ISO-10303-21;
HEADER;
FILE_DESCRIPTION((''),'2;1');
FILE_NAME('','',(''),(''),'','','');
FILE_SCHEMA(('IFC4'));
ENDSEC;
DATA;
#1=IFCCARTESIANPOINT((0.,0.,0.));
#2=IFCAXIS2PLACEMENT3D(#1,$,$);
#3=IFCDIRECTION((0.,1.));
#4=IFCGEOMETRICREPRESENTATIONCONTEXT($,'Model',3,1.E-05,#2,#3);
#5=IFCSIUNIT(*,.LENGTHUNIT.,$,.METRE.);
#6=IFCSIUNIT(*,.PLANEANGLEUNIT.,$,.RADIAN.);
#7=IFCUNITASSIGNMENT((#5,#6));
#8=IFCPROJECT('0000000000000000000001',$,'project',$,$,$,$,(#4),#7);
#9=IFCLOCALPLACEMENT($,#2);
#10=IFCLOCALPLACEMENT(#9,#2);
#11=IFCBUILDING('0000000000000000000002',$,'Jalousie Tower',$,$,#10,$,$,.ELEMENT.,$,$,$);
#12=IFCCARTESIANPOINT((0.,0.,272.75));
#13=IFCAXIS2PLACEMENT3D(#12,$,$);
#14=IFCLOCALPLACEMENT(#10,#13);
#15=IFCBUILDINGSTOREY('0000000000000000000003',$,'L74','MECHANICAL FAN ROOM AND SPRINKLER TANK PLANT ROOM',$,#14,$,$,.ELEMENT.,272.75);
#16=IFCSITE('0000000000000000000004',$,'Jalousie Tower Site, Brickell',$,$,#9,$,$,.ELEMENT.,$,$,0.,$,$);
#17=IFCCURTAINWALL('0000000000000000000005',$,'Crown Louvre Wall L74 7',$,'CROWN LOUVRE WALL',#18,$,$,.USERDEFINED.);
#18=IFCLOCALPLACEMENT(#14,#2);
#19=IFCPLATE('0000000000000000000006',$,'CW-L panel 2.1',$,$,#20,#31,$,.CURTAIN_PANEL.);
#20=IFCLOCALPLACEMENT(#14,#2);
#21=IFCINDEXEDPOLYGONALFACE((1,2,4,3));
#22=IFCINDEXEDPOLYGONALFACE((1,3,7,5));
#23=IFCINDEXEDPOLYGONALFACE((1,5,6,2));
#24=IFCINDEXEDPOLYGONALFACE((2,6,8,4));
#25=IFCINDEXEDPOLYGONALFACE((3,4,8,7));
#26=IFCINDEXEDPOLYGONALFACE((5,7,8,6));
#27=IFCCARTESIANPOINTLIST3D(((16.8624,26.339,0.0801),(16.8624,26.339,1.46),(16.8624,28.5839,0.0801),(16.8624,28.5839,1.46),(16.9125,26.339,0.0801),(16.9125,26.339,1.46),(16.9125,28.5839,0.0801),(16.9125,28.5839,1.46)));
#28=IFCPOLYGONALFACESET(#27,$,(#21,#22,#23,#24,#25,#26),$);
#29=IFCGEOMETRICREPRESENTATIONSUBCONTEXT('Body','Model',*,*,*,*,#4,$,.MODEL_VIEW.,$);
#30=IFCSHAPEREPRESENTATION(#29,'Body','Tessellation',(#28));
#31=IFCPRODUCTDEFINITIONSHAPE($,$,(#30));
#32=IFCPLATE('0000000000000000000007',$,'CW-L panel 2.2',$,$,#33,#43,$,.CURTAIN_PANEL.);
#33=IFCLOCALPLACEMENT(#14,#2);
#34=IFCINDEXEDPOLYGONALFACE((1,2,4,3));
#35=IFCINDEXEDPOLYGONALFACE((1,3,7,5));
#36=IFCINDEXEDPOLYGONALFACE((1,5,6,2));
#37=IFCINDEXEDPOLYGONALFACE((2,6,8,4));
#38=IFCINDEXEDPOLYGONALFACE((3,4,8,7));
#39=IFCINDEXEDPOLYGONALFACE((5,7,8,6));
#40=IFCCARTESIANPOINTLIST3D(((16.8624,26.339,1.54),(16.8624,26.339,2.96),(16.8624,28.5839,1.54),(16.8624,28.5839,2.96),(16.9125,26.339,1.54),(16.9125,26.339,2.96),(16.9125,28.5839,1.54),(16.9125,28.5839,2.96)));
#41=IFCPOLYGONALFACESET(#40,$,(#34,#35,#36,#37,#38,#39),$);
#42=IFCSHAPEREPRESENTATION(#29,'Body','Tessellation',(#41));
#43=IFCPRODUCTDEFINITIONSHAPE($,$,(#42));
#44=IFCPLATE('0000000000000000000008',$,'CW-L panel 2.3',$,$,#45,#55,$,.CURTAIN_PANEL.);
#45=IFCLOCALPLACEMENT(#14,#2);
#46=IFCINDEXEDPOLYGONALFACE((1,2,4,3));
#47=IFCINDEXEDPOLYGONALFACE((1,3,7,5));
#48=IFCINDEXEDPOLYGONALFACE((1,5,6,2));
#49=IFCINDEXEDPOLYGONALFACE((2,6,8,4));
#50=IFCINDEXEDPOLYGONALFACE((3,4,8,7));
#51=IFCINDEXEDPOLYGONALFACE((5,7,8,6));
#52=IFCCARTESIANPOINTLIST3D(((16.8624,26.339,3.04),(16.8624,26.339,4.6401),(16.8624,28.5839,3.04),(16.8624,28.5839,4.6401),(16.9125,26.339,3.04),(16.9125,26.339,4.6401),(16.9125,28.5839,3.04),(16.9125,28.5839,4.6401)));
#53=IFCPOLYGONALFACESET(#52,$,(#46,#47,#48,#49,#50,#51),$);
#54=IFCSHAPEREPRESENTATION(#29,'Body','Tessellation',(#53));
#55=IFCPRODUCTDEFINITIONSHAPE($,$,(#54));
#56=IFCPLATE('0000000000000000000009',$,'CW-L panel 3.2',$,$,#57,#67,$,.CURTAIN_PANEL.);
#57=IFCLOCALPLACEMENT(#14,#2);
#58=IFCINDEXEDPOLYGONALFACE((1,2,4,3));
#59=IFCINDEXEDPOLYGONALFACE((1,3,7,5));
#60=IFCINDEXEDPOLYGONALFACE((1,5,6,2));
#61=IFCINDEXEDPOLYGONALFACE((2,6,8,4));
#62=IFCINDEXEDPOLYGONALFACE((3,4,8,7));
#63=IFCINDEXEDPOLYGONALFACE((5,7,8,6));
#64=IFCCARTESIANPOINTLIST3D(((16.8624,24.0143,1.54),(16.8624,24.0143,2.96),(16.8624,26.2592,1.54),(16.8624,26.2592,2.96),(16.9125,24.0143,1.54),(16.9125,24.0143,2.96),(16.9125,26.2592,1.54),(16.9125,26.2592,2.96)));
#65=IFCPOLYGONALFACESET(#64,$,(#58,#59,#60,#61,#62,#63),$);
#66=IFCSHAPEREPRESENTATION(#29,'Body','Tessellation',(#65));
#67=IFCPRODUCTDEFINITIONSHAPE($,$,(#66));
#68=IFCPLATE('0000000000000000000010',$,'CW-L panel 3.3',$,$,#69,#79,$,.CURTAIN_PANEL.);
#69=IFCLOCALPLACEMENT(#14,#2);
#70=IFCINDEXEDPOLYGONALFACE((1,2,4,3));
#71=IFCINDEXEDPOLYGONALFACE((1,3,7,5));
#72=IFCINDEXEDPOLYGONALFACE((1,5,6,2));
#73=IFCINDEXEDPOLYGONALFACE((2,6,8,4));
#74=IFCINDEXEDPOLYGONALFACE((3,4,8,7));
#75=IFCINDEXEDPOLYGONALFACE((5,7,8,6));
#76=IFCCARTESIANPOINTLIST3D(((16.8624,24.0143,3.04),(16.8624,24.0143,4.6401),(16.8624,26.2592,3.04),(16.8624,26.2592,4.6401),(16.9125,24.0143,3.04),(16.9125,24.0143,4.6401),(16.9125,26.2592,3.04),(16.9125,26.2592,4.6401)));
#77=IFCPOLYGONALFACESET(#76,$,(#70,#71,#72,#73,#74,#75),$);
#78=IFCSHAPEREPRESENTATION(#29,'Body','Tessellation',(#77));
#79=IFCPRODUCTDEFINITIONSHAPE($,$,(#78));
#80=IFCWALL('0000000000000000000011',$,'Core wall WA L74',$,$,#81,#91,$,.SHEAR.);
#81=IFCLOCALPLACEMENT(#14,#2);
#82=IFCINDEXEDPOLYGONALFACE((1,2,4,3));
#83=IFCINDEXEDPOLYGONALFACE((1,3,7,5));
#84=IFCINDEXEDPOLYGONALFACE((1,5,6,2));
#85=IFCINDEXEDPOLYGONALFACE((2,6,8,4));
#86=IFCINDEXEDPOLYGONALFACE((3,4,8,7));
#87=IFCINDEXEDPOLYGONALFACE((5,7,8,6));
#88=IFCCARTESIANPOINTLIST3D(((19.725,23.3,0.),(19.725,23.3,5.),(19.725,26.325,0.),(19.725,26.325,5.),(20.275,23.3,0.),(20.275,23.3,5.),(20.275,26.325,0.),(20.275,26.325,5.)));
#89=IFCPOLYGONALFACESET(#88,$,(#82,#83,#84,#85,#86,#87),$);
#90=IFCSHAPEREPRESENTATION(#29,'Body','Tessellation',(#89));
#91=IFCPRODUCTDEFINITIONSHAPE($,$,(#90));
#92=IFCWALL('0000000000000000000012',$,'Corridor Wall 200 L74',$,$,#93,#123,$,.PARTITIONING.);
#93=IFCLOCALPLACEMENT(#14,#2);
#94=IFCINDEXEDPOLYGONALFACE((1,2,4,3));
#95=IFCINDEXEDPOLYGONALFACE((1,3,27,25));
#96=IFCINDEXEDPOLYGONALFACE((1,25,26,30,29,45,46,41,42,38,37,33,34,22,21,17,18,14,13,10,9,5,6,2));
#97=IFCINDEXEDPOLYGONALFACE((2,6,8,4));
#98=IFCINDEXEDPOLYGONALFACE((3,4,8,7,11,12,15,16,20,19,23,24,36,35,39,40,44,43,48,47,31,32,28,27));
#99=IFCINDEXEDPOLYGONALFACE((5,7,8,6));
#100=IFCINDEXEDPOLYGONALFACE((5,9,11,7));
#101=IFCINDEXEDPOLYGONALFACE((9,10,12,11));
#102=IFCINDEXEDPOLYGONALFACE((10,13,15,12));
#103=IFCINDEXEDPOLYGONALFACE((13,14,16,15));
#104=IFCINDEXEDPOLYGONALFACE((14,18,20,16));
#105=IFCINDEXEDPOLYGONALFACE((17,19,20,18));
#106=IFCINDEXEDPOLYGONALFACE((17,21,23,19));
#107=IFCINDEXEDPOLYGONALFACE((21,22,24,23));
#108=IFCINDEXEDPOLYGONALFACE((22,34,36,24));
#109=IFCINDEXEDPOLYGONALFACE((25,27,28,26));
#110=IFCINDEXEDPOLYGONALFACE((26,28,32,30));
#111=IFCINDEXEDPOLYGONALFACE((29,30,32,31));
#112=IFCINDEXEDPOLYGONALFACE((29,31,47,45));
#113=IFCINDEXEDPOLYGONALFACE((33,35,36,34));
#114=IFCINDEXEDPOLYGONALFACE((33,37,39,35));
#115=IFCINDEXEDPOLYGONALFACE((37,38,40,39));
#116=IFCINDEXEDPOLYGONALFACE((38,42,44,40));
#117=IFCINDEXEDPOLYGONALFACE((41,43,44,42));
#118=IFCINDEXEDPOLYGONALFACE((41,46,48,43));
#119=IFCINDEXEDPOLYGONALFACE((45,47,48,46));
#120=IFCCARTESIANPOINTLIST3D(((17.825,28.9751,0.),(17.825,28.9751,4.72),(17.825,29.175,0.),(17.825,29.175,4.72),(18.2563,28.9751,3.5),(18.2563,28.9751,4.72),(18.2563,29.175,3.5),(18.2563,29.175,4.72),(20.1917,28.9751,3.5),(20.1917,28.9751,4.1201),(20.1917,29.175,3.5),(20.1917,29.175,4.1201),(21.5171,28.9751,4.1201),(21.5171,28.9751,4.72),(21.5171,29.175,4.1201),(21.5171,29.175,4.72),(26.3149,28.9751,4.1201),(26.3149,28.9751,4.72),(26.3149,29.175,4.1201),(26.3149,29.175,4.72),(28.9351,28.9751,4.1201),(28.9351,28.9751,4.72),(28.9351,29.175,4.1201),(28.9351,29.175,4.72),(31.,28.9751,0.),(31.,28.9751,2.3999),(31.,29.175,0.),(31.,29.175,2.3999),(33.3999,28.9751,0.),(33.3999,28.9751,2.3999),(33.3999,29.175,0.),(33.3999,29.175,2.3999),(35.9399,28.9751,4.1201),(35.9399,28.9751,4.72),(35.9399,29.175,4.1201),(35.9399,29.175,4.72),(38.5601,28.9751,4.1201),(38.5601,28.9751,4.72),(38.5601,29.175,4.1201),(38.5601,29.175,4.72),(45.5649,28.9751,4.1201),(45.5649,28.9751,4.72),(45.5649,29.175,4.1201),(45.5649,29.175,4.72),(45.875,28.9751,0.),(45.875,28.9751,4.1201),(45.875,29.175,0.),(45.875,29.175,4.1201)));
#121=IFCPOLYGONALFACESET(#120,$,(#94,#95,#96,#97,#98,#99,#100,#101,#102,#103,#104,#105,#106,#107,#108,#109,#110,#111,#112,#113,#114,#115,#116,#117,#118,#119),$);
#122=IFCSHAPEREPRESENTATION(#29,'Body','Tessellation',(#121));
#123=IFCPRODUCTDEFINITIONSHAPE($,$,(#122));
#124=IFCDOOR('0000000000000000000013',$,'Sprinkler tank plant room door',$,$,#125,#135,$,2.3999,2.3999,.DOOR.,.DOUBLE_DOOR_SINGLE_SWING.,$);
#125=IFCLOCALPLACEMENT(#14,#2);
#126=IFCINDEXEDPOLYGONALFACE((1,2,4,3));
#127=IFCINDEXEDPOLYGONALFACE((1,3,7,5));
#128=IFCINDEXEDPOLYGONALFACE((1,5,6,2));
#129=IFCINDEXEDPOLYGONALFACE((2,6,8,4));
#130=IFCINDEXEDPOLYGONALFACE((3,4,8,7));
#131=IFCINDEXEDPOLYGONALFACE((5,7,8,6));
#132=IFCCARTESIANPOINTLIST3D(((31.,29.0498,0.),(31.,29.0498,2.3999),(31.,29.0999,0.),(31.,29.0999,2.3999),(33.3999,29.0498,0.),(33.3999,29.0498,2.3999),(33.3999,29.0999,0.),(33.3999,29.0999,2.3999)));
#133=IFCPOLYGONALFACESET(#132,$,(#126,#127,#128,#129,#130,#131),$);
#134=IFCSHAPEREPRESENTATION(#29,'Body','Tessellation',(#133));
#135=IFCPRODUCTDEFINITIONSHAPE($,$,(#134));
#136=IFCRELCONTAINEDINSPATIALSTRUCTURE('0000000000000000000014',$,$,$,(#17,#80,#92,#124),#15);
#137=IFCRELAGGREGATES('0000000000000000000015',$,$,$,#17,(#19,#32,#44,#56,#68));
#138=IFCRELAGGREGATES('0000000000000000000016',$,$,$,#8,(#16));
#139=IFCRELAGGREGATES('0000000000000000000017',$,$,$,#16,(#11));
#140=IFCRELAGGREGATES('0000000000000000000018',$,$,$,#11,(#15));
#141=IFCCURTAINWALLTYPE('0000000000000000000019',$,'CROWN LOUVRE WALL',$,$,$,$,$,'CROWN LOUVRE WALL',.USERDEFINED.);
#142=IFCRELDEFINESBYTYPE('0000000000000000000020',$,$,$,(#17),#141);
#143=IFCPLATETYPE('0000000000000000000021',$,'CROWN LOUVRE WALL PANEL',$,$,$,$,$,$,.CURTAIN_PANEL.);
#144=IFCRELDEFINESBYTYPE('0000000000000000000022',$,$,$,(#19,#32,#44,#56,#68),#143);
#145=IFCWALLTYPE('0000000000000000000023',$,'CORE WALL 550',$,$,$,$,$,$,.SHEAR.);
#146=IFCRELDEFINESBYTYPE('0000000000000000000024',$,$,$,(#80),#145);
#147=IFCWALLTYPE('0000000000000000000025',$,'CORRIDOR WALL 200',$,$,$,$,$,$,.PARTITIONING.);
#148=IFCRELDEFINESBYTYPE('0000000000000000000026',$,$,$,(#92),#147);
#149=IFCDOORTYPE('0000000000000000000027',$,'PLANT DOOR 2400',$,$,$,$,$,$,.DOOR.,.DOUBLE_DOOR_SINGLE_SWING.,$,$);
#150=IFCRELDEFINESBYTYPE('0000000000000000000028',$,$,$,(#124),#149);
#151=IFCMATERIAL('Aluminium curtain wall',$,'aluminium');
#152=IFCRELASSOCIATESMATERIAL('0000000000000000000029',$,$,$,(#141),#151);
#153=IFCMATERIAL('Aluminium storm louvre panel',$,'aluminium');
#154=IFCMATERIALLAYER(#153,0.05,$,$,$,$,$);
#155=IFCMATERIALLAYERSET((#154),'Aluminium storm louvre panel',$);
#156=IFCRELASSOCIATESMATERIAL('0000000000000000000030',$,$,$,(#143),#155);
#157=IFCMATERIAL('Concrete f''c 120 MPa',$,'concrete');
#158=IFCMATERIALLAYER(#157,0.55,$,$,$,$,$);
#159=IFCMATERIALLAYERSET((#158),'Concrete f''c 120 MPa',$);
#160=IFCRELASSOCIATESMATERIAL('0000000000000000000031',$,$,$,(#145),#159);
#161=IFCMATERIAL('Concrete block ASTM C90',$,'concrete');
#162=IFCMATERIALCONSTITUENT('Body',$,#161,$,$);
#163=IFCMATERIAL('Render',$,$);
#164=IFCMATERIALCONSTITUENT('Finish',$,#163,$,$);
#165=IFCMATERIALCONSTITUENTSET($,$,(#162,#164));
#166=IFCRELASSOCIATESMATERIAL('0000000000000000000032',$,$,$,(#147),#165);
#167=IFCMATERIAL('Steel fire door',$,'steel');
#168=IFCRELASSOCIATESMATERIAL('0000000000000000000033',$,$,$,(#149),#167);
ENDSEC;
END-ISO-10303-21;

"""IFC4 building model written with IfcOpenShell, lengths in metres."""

from ifc_helpers import new_model, si_unit, direction, frame, frame_2d, origin, origin_2d, place, context, subcontext, project, spatial, polyline, rectangle, outline, extrude, material, layer, layer_set, constituent, constituent_set, type_object, element, fill, aggregate, save


model = new_model("IFC4")

# Units and contexts
model_context = context("Model", 3, precision=1e-05, world=origin(), true_north=direction((0.0, 1.0)))
body_context = subcontext(model_context, "Body", "Model", "MODEL_VIEW")
ifc_project = project(units=[si_unit("LENGTHUNIT", "METRE"), si_unit("PLANEANGLEUNIT", "RADIAN")], contexts=[model_context])

# Site, building, storey
site_placement = place(None, origin())
site = spatial("IfcSite", under=ifc_project, at=site_placement, Name="Jalousie Tower Site, Brickell", CompositionType="ELEMENT", RefElevation=0.0)
building_placement = place(site_placement, origin())
building = spatial("IfcBuilding", under=site, at=building_placement, Name="Jalousie Tower", CompositionType="ELEMENT")
storey_placement = place(building_placement, frame((0.0, 0.0, 272.75)))
storey = spatial("IfcBuildingStorey", under=building, at=storey_placement, Name="L74", Description="MECHANICAL FAN ROOM AND SPRINKLER TANK PLANT ROOM", CompositionType="ELEMENT", Elevation=272.75)

# Curtain wall, plates
ifc_material_1 = material(Name="Aluminium curtain wall", Category="aluminium")
curtain_wall_type = type_object("IfcCurtainWallType", Name="CROWN LOUVRE WALL", ElementType="CROWN LOUVRE WALL", PredefinedType="USERDEFINED", material=ifc_material_1)
curtain_wall_placement = place(storey_placement, origin())
curtain_wall = element("IfcCurtainWall", 1, at=curtain_wall_placement, inside=storey, type_object=curtain_wall_type, Name="Crown Louvre Wall L74 7", ObjectType="CROWN LOUVRE WALL", PredefinedType="USERDEFINED")
ifc_material_2 = material(Name="Aluminium storm louvre panel", Category="aluminium")
ifc_layer_1 = layer(ifc_material_2, 0.05)
ifc_layer_set_1 = layer_set([ifc_layer_1], Name="Aluminium storm louvre panel")
plate_type = type_object("IfcPlateType", Name="CROWN LOUVRE WALL PANEL", PredefinedType="CURTAIN_PANEL", material=ifc_layer_set_1)
plate_1_placement = place(storey_placement, frame((16.8875, 27.4614, 0.0801), z_axis=(0.0, 0.0, 1.0), x_axis=(0.0, -1.0, 0.0)))
plate_1 = element("IfcPlate", 2, at=plate_1_placement, type_object=plate_type, Name="CW-L panel 2.1", PredefinedType="CURTAIN_PANEL", context=body_context, shape_type="SweptSolid", body=[
    extrude(rectangle(XDim=2.2449, YDim=0.05, at=origin_2d()), origin(), (0.0, 0.0, 1.0), 1.3799),
])
plate_2_placement = place(storey_placement, frame((16.8875, 27.4614, 1.54), z_axis=(0.0, 0.0, 1.0), x_axis=(0.0, -1.0, 0.0)))
plate_2 = element("IfcPlate", 3, at=plate_2_placement, type_object=plate_type, Name="CW-L panel 2.2", PredefinedType="CURTAIN_PANEL", context=body_context, shape_type="SweptSolid", body=[
    extrude(rectangle(XDim=2.2449, YDim=0.05, at=origin_2d()), origin(), (0.0, 0.0, 1.0), 1.4199),
])
plate_3_placement = place(storey_placement, frame((16.8875, 27.4614, 3.04), z_axis=(0.0, 0.0, 1.0), x_axis=(0.0, -1.0, 0.0)))
plate_3 = element("IfcPlate", 4, at=plate_3_placement, type_object=plate_type, Name="CW-L panel 2.3", PredefinedType="CURTAIN_PANEL", context=body_context, shape_type="SweptSolid", body=[
    extrude(rectangle(XDim=2.2449, YDim=0.05, at=origin_2d()), origin(), (0.0, 0.0, 1.0), 1.6001),
])
plate_4_placement = place(storey_placement, frame((16.8875, 25.1367, 1.54), z_axis=(0.0, 0.0, 1.0), x_axis=(0.0, -1.0, 0.0)))
plate_4 = element("IfcPlate", 5, at=plate_4_placement, type_object=plate_type, Name="CW-L panel 3.2", PredefinedType="CURTAIN_PANEL", context=body_context, shape_type="SweptSolid", body=[
    extrude(rectangle(XDim=2.2449, YDim=0.05, at=origin_2d()), origin(), (0.0, 0.0, 1.0), 1.4199),
])
plate_5_placement = place(storey_placement, frame((16.8875, 25.1367, 3.04), z_axis=(0.0, 0.0, 1.0), x_axis=(0.0, -1.0, 0.0)))
plate_5 = element("IfcPlate", 6, at=plate_5_placement, type_object=plate_type, Name="CW-L panel 3.3", PredefinedType="CURTAIN_PANEL", context=body_context, shape_type="SweptSolid", body=[
    extrude(rectangle(XDim=2.2449, YDim=0.05, at=origin_2d()), origin(), (0.0, 0.0, 1.0), 1.6001),
])
aggregate(curtain_wall, [plate_1, plate_2, plate_3, plate_4, plate_5])

# Wall
ifc_material_3 = material(Name="Concrete f'c 120 MPa", Category="concrete")
ifc_layer_2 = layer(ifc_material_3, 0.55)
ifc_layer_set_2 = layer_set([ifc_layer_2], Name="Concrete f'c 120 MPa")
wall_type_1 = type_object("IfcWallType", Name="CORE WALL 550", PredefinedType="SHEAR", material=ifc_layer_set_2)
wall_1_placement = place(storey_placement, frame((20.0, 26.325, 0.0), z_axis=(0.0, 0.0, 1.0), x_axis=(0.0, -1.0, 0.0)))
element("IfcWall", 7, at=wall_1_placement, inside=storey, type_object=wall_type_1, Name="Core wall WA L74", PredefinedType="SHEAR", context=body_context, shape_type="SweptSolid", body=[
    extrude(rectangle(XDim=3.0249, YDim=0.55, at=frame_2d((1.5125, 0.0))), origin(), (0.0, 0.0, 1.0), 5.0),
])

# Wall, opening, door
ifc_material_4 = material(Name="Concrete block ASTM C90", Category="concrete")
ifc_constituent_1 = constituent(ifc_material_4, Name="Body")
ifc_material_5 = material(Name="Render")
ifc_constituent_2 = constituent(ifc_material_5, Name="Finish")
ifc_constituent_set = constituent_set(constituents=[ifc_constituent_1, ifc_constituent_2])
wall_type_2 = type_object("IfcWallType", Name="CORRIDOR WALL 200", PredefinedType="PARTITIONING", material=ifc_constituent_set)
wall_2_placement = place(storey_placement, frame((17.825, 29.075, 0.0), z_axis=(0.0, 0.0, 1.0), x_axis=(1.0, 0.0, 0.0)))
wall_2 = element("IfcWall", 8, at=wall_2_placement, inside=storey, type_object=wall_type_2, Name="Corridor Wall 200 L74", PredefinedType="PARTITIONING", context=body_context, shape_type="SweptSolid", body=[
    extrude(outline(polyline([(0.0, 0.0), (28.05, 0.0), (28.05, 4.72), (28.05, 4.1201), (27.74, 4.1201), (27.74, 4.72), (20.7351, 4.72), (20.7351, 4.1201), (18.115, 4.1201), (18.115, 4.72), (11.1101, 4.72), (11.1101, 4.1201), (8.49, 4.1201), (8.49, 4.72), (3.6921, 4.72), (3.6921, 4.1201), (2.3667, 4.1201), (2.3667, 3.5), (0.4314, 3.5), (0.4314, 4.72), (0.0, 4.72), (0.0, 0.0)])), frame((0.0, 0.1001, 0.0), z_axis=(0.0, -1.0, 0.0), x_axis=(1.0, 0.0, 0.0)), (0.0, 0.0, 1.0), 0.2),
])
opening_placement = place(wall_2_placement, frame((13.175, 0.0, 0.0)))
opening = element("IfcOpeningElement", 9, at=opening_placement, cuts=wall_2, PredefinedType="OPENING", context=body_context, shape_type="SweptSolid", body=[
    extrude(rectangle(XDim=2.3999, YDim=2.3999, at=frame_2d((1.2, 1.2))), frame((0.0, 0.1099, 0.0), z_axis=(0.0, -1.0, 0.0), x_axis=(1.0, 0.0, 0.0)), (0.0, 0.0, 1.0), 0.22),
])
ifc_material_6 = material(Name="Steel fire door", Category="steel")
door_type = type_object("IfcDoorType", Name="PLANT DOOR 2400", OperationType="DOUBLE_DOOR_SINGLE_SWING", PredefinedType="DOOR", material=ifc_material_6)
door_placement = place(opening_placement, origin())
door = element("IfcDoor", 10, at=door_placement, inside=storey, type_object=door_type, Name="Sprinkler tank plant room door", OperationType="DOUBLE_DOOR_SINGLE_SWING", OverallHeight=2.3999, OverallWidth=2.3999, PredefinedType="DOOR", context=body_context, shape_type="SweptSolid", body=[
    extrude(rectangle(XDim=2.3999, YDim=2.3999, at=frame_2d((1.2, 1.2))), frame((0.0, 0.0249, 0.0), z_axis=(0.0, -1.0, 0.0), x_axis=(1.0, 0.0, 0.0)), (0.0, 0.0, 1.0), 0.05),
])
fill(opening, door)

save(model, "model.ifc")
